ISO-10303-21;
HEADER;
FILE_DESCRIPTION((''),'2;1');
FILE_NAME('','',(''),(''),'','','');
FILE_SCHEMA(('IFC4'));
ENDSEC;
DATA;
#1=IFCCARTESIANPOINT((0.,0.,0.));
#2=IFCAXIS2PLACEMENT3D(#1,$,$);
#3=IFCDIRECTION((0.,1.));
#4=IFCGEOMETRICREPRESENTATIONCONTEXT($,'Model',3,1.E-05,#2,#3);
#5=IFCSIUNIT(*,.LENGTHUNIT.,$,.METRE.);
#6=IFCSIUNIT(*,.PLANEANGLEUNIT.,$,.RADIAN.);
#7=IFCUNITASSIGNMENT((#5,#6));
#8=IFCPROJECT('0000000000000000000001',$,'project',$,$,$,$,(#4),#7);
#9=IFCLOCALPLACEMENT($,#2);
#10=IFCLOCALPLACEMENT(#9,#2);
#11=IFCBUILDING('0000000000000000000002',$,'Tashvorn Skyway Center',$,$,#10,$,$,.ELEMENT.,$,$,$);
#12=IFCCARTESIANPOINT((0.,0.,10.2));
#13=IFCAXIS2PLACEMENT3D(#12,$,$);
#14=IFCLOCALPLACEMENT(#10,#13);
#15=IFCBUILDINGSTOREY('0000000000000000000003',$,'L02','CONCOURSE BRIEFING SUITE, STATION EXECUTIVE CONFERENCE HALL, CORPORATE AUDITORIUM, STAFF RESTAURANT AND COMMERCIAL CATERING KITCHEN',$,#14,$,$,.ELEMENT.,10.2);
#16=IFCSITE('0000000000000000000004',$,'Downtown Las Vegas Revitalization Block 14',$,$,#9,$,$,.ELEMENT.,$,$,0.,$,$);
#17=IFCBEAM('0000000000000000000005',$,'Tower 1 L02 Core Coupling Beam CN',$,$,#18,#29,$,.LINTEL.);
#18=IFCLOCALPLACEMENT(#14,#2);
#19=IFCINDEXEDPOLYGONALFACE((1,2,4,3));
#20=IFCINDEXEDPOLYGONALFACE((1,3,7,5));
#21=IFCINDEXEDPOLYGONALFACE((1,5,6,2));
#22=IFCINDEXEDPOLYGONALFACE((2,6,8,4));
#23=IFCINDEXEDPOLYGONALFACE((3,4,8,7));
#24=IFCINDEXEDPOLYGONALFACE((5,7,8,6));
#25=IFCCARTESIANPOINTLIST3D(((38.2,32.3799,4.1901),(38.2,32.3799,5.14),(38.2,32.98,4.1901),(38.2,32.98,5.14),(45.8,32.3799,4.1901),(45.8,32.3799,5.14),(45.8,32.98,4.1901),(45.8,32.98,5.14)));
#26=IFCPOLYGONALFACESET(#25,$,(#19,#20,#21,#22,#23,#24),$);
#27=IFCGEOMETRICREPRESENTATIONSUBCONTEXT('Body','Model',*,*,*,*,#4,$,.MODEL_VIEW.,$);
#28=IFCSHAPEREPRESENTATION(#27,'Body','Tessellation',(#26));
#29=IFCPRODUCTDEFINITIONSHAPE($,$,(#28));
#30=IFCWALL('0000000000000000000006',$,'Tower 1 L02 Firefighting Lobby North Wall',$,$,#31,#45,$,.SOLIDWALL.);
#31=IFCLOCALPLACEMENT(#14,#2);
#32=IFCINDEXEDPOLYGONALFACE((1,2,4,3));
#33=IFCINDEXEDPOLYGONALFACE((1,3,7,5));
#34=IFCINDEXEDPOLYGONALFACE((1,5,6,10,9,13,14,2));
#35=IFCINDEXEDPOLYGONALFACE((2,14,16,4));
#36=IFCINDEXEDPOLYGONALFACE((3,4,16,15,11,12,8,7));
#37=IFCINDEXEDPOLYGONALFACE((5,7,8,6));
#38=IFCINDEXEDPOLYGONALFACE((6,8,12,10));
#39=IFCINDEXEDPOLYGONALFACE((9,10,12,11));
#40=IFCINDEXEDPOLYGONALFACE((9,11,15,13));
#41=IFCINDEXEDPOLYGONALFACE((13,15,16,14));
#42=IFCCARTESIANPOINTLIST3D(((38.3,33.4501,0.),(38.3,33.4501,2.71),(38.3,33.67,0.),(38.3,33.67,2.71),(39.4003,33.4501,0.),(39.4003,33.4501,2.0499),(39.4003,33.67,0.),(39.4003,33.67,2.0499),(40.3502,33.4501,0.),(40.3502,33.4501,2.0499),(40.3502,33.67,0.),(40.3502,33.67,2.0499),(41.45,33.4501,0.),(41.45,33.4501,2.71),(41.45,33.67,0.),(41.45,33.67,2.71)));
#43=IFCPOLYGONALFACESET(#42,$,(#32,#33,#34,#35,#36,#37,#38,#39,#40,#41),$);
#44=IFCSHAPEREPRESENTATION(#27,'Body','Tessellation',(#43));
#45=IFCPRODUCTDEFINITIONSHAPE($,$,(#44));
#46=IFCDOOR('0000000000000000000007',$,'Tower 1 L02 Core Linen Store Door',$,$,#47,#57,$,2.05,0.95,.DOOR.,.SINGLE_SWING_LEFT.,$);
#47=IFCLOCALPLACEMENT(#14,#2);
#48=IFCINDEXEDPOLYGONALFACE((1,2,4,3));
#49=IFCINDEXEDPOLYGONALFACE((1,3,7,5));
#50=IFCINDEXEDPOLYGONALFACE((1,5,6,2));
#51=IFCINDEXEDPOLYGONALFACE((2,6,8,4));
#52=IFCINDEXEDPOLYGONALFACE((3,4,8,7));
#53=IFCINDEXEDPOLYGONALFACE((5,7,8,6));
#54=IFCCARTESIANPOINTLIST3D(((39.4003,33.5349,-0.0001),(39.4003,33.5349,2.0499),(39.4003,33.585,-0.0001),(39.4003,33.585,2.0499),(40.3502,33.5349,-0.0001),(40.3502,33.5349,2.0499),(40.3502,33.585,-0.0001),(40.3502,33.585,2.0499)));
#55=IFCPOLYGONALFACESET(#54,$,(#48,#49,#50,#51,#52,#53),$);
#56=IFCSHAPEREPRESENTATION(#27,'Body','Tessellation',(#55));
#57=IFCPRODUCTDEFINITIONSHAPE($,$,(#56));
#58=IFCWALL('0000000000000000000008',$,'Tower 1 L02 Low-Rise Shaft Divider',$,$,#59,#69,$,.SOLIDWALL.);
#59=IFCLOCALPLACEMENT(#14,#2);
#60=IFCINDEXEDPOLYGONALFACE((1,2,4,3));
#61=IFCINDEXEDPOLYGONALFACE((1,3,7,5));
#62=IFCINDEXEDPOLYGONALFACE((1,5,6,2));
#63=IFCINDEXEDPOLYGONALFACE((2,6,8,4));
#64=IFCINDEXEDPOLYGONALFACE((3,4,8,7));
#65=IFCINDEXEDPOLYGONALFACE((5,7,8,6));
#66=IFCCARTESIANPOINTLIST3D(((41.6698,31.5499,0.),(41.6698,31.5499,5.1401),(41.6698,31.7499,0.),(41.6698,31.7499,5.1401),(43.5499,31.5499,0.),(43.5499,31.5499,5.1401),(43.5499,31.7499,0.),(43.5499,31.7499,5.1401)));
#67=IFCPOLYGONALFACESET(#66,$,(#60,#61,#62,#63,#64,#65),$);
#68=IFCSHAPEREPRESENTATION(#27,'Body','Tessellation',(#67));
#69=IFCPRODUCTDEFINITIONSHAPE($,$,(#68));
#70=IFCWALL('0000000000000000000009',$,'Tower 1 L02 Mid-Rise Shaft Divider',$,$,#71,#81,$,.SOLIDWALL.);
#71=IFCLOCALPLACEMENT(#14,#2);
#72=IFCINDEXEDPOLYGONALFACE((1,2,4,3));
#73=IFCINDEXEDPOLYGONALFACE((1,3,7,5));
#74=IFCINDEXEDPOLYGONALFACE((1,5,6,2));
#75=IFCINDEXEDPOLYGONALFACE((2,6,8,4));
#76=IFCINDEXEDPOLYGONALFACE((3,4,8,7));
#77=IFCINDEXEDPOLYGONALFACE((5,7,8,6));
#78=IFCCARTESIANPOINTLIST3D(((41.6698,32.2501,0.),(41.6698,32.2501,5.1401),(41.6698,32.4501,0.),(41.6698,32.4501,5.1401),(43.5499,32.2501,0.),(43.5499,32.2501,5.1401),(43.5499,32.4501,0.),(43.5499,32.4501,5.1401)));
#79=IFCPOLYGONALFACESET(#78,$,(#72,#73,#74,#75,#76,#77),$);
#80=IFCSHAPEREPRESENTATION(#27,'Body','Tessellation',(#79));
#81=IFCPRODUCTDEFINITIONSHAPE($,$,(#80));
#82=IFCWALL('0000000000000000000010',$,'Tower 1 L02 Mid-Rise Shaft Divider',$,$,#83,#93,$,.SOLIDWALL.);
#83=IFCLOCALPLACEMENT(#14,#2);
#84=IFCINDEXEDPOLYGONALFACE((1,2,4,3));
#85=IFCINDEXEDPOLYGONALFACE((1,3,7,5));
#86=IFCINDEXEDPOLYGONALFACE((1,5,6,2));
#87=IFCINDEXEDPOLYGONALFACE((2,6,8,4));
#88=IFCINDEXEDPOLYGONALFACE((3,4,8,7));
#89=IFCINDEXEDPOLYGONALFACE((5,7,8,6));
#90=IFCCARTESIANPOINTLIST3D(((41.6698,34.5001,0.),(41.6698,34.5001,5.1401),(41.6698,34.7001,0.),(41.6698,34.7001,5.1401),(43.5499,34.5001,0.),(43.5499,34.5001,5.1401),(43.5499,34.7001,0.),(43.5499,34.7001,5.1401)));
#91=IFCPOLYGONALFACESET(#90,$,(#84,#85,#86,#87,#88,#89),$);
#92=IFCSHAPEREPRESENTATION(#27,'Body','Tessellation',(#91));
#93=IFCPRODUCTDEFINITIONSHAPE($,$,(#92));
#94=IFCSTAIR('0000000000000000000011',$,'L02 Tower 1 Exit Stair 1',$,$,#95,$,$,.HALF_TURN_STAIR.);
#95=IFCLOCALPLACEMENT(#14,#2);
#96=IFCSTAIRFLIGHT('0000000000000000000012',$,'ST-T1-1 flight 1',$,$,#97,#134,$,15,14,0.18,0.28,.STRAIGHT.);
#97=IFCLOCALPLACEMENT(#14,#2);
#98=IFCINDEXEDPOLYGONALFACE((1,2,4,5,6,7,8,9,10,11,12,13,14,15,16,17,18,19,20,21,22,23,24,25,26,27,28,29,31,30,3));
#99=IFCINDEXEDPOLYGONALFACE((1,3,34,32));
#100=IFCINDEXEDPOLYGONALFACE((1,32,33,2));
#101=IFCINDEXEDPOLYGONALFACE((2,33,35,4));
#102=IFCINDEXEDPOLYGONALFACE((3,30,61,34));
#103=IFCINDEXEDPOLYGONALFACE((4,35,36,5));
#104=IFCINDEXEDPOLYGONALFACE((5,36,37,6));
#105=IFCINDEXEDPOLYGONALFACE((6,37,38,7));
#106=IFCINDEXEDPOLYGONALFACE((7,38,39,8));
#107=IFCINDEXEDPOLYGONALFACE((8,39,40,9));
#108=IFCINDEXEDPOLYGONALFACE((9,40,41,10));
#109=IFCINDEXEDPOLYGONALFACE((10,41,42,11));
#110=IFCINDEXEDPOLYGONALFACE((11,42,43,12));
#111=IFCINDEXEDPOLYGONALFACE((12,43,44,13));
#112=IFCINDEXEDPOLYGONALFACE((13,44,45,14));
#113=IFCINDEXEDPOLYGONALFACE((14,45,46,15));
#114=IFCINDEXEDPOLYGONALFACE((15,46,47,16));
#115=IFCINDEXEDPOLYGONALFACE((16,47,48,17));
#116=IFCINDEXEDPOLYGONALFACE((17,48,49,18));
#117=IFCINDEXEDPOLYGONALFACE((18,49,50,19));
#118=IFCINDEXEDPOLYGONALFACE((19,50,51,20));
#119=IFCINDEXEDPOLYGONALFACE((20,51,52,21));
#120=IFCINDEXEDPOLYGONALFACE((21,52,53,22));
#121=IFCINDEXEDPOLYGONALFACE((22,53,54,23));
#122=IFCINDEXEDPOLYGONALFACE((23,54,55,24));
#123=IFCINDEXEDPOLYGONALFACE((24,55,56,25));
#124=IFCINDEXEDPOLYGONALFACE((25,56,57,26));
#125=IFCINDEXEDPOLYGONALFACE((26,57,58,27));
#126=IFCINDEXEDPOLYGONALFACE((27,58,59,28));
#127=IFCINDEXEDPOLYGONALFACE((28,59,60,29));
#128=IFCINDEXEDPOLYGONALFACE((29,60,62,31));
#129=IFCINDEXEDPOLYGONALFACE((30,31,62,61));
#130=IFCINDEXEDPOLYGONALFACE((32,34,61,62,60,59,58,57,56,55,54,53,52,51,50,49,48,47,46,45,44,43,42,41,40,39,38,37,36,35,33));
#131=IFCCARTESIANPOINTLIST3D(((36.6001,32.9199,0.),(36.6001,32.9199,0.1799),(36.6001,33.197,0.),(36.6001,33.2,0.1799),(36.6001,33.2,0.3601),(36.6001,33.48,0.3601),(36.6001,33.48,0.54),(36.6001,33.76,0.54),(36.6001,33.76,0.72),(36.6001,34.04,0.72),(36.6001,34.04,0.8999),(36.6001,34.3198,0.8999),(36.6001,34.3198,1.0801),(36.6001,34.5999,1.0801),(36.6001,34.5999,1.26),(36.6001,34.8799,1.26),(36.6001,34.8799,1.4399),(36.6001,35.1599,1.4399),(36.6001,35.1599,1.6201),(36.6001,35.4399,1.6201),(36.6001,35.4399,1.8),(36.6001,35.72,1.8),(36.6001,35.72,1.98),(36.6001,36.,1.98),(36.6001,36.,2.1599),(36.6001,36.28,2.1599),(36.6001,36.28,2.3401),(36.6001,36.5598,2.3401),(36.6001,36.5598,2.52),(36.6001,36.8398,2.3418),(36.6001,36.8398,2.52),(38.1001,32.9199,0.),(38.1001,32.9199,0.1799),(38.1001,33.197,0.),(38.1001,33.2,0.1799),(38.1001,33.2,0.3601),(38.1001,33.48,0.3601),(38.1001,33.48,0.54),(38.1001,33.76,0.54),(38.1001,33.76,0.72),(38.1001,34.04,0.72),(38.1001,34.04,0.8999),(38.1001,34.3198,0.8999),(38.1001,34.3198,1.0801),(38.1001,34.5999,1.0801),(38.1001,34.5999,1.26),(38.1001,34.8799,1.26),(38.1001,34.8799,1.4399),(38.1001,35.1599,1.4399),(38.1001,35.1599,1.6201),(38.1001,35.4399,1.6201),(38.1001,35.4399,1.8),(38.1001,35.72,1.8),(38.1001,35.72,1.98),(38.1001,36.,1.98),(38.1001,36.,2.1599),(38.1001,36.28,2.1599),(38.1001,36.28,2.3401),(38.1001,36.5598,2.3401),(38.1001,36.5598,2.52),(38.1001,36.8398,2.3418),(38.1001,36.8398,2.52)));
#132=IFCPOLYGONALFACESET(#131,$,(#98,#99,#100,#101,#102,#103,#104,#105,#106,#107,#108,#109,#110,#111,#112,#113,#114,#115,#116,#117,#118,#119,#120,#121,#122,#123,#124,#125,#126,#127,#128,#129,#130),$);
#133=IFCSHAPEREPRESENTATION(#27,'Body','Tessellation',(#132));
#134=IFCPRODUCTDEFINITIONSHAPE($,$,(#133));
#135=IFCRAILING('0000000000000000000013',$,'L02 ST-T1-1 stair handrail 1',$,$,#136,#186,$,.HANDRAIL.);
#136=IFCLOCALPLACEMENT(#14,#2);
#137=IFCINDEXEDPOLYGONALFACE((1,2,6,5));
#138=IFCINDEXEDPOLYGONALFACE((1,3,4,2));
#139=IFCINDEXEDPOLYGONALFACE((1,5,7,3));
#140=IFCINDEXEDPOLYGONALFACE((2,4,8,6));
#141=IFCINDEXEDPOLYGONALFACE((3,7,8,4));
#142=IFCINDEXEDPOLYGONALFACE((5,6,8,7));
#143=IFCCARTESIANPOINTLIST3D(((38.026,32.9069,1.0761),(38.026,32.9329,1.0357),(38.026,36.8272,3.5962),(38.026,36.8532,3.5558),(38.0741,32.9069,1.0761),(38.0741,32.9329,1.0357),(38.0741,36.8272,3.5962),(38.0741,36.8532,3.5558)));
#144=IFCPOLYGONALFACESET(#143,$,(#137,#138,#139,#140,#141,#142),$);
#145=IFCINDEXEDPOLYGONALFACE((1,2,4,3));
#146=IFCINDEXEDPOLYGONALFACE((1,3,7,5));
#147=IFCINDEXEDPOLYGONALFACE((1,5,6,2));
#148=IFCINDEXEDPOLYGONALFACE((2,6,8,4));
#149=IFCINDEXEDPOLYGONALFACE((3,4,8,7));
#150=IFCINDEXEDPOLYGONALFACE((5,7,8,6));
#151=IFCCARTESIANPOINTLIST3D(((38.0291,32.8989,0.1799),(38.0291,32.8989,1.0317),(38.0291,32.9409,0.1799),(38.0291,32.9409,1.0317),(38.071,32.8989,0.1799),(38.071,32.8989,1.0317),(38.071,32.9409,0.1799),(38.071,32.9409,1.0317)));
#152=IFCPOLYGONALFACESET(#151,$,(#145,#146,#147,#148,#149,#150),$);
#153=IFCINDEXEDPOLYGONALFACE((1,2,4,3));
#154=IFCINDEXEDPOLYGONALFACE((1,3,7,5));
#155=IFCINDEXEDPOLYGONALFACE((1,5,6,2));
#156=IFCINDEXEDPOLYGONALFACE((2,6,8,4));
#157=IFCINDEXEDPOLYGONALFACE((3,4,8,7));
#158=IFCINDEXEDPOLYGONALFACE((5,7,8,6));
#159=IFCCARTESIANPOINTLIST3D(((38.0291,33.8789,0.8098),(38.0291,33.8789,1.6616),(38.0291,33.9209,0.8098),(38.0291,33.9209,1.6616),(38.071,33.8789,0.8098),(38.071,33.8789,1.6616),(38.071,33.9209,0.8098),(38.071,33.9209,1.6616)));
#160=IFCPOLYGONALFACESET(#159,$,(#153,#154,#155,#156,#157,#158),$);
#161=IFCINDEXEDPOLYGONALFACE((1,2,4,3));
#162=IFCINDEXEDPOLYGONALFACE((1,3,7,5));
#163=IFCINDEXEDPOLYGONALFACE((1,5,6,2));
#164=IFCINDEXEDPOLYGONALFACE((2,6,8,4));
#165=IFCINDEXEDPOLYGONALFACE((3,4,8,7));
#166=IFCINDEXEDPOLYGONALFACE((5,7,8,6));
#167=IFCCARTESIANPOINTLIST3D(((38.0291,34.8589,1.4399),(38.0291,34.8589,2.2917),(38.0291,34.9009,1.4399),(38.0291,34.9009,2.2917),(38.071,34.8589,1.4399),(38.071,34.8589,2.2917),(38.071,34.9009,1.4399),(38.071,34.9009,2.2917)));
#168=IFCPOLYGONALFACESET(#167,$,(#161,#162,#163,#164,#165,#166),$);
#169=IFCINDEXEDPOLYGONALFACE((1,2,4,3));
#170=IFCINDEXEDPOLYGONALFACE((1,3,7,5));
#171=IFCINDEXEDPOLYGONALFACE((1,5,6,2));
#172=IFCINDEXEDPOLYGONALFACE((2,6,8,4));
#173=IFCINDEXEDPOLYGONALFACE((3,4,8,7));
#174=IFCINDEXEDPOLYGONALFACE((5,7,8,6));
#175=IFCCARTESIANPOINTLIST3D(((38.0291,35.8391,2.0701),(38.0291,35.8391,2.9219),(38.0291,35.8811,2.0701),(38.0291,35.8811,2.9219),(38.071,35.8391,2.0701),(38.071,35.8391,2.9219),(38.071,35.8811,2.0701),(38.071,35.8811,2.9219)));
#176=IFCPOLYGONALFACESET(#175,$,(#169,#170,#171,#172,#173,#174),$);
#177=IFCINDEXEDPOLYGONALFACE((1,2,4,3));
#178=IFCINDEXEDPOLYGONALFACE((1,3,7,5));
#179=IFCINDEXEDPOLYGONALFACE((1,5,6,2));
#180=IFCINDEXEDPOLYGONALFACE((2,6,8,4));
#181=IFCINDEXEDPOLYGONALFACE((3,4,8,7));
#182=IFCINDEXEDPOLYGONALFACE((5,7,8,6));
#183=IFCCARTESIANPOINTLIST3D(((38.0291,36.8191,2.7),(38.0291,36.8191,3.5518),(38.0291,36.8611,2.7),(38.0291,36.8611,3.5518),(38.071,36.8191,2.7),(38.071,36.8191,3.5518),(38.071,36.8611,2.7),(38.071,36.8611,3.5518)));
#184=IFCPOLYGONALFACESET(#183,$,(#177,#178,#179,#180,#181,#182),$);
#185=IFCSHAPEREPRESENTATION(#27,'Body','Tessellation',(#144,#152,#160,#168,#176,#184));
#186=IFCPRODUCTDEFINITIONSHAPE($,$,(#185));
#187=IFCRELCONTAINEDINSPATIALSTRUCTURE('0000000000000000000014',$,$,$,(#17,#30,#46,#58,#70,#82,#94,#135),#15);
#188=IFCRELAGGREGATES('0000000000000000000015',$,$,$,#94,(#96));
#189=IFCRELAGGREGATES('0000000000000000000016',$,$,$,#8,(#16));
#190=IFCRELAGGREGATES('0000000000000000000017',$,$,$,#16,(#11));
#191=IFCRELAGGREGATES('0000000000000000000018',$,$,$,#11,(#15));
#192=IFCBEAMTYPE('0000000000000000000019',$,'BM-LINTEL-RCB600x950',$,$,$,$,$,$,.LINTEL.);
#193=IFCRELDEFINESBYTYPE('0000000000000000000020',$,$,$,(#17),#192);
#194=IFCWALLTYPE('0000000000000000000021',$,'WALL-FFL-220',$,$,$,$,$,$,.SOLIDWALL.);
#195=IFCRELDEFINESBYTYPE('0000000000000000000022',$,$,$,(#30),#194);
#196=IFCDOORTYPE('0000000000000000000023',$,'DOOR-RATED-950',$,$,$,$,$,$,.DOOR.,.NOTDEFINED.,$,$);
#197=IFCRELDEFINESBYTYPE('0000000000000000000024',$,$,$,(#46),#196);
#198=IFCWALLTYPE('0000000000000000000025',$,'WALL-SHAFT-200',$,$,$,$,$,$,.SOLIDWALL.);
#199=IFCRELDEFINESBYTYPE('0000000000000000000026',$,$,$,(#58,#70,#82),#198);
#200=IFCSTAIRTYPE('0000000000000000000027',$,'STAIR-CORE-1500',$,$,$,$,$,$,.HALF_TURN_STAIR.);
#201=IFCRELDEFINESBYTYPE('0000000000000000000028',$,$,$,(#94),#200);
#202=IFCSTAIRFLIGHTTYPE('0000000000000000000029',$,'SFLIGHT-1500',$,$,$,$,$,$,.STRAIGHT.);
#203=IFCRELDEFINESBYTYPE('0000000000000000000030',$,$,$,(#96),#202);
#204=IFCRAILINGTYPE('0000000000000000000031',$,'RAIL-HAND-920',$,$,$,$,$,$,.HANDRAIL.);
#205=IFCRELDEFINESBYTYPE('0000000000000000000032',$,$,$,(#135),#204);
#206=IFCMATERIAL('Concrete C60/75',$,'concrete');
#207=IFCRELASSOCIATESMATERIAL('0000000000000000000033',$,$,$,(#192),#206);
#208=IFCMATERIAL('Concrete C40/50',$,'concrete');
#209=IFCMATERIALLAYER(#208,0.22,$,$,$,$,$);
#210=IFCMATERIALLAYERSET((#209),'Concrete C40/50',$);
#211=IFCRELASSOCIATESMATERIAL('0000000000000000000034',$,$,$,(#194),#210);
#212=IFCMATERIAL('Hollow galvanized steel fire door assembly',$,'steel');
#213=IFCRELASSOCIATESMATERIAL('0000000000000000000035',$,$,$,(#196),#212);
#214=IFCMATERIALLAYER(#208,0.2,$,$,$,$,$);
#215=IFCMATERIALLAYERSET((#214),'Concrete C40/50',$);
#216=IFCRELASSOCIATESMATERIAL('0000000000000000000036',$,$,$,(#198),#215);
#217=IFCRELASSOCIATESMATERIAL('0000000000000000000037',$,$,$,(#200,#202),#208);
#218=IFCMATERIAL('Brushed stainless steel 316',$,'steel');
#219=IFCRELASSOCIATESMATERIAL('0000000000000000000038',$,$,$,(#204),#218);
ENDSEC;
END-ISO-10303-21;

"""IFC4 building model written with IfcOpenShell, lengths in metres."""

from ifc_helpers import new_model, si_unit, direction, frame, frame_2d, origin, origin_2d, place, context, subcontext, project, spatial, polyline, rectangle, outline, extrude, material, layer, layer_set, material_profile, profile_set, type_object, element, fill, aggregate, save


model = new_model("IFC4")

# Units and contexts
model_context = context("Model", 3, precision=1e-05, world=origin(), true_north=direction((0.0, 1.0)))
body_context = subcontext(model_context, "Body", "Model", "MODEL_VIEW")
ifc_project = project(units=[si_unit("LENGTHUNIT", "METRE"), si_unit("PLANEANGLEUNIT", "RADIAN")], contexts=[model_context])

# Site, building, storey
site_placement = place(None, origin())
site = spatial("IfcSite", under=ifc_project, at=site_placement, Name="Downtown Las Vegas Revitalization Block 14", CompositionType="ELEMENT", RefElevation=0.0)
building_placement = place(site_placement, origin())
building = spatial("IfcBuilding", under=site, at=building_placement, Name="Tashvorn Skyway Center", CompositionType="ELEMENT")
storey_placement = place(building_placement, frame((0.0, 0.0, 10.2)))
storey = spatial("IfcBuildingStorey", under=building, at=storey_placement, Name="L02", Description="CONCOURSE BRIEFING SUITE, STATION EXECUTIVE CONFERENCE HALL, CORPORATE AUDITORIUM, STAFF RESTAURANT AND COMMERCIAL CATERING KITCHEN", CompositionType="ELEMENT", Elevation=10.2)

# Beam
ifc_material_1 = material(Name="Concrete C60/75", Category="concrete")
ifc_material_profile = material_profile(ifc_material_1, rectangle(XDim=0.6001, YDim=0.95, at=origin_2d()), Name="RCB600x950")
ifc_profile_set = profile_set([ifc_material_profile], Name="Concrete C60/75")
beam_type = type_object("IfcBeamType", Name="BM-LINTEL-RCB600x950", PredefinedType="LINTEL", material=ifc_profile_set)
beam_placement = place(storey_placement, frame((38.2, 32.6799, 4.665), z_axis=(1.0, 0.0, 0.0), x_axis=(0.0, 1.0, 0.0)))
element("IfcBeam", 1, at=beam_placement, inside=storey, type_object=beam_type, Name="Tower 1 L02 Core Coupling Beam CN", PredefinedType="LINTEL", context=body_context, shape_type="SweptSolid", body=[
    extrude(rectangle(XDim=0.6001, YDim=0.95, at=origin_2d()), origin(), (0.0, 0.0, 1.0), 7.6001),
])

# Wall, opening, door
ifc_material_2 = material(Name="Concrete C40/50", Category="concrete")
ifc_layer_1 = layer(ifc_material_2, 0.22)
ifc_layer_set_1 = layer_set([ifc_layer_1], Name="Concrete C40/50")
wall_type_1 = type_object("IfcWallType", Name="WALL-FFL-220", PredefinedType="SOLIDWALL", material=ifc_layer_set_1)
wall_placement = place(storey_placement, frame((38.3, 33.5601, 0.0), z_axis=(0.0, 0.0, 1.0), x_axis=(1.0, 0.0, 0.0)))
wall = element("IfcWall", 2, at=wall_placement, inside=storey, type_object=wall_type_1, Name="Tower 1 L02 Firefighting Lobby North Wall", PredefinedType="SOLIDWALL", context=body_context, shape_type="SweptSolid", body=[
    extrude(rectangle(XDim=3.1499, YDim=0.22, at=frame_2d((1.575, 0.0))), origin(), (0.0, 0.0, 1.0), 2.71),
])
opening_placement = place(wall_placement, frame((1.1001, 0.0, 0.0)))
opening = element("IfcOpeningElement", 3, at=opening_placement, cuts=wall, PredefinedType="OPENING", context=body_context, shape_type="SweptSolid", body=[
    extrude(rectangle(XDim=0.95, YDim=2.05, at=frame_2d((0.4751, 1.0249))), frame((0.0, 0.1199, 0.0), z_axis=(0.0, -1.0, 0.0), x_axis=(1.0, 0.0, 0.0)), (0.0, 0.0, 1.0), 0.24),
])
ifc_material_3 = material(Name="Hollow galvanized steel fire door assembly", Category="steel")
door_type = type_object("IfcDoorType", Name="DOOR-RATED-950", OperationType="NOTDEFINED", PredefinedType="DOOR", material=ifc_material_3)
door_placement = place(opening_placement, origin())
door = element("IfcDoor", 4, at=door_placement, inside=storey, type_object=door_type, Name="Tower 1 L02 Core Linen Store Door", OperationType="SINGLE_SWING_LEFT", OverallHeight=2.05, OverallWidth=0.95, PredefinedType="DOOR", context=body_context, shape_type="SweptSolid", body=[
    extrude(rectangle(XDim=0.95, YDim=2.05, at=frame_2d((0.4751, 1.0249))), frame((0.0, 0.0249, 0.0), z_axis=(0.0, -1.0, 0.0), x_axis=(1.0, 0.0, 0.0)), (0.0, 0.0, 1.0), 0.05),
])
fill(opening, door)

# Walls
ifc_layer_2 = layer(ifc_material_2, 0.2)
ifc_layer_set_2 = layer_set([ifc_layer_2], Name="Concrete C40/50")
wall_type_2 = type_object("IfcWallType", Name="WALL-SHAFT-200", PredefinedType="SOLIDWALL", material=ifc_layer_set_2)
for number, where, z_axis, x_axis, name in (
    (5, (41.6699, 31.6499, 0.0), (0.0, 0.0, 1.0), (1.0, 0.0, 0.0), "Tower 1 L02 Low-Rise Shaft Divider"),
    (6, (41.6699, 32.3501, 0.0), (0.0, 0.0, 1.0), (1.0, 0.0, 0.0), "Tower 1 L02 Mid-Rise Shaft Divider"),
    (7, (41.6699, 34.6001, 0.0), (0.0, 0.0, 1.0), (1.0, 0.0, 0.0), "Tower 1 L02 Mid-Rise Shaft Divider"),
):
    element("IfcWall", number, at=place(storey_placement, frame(where, z_axis=z_axis, x_axis=x_axis)), inside=storey, type_object=wall_type_2, Name=name, PredefinedType="SOLIDWALL", context=body_context, shape_type="SweptSolid", body=[
        extrude(rectangle(XDim=1.8801, YDim=0.2, at=frame_2d((0.9399, 0.0))), origin(), (0.0, 0.0, 1.0), 5.1401),
    ])

# Stair, stair flight
stair_type = type_object("IfcStairType", Name="STAIR-CORE-1500", PredefinedType="HALF_TURN_STAIR", material=ifc_material_2)
stair_placement = place(storey_placement, origin())
stair = element("IfcStair", 8, at=stair_placement, inside=storey, type_object=stair_type, Name="L02 Tower 1 Exit Stair 1", PredefinedType="HALF_TURN_STAIR")
stair_flight_type = type_object("IfcStairFlightType", Name="SFLIGHT-1500", PredefinedType="STRAIGHT", material=ifc_material_2)
stair_flight_placement = place(storey_placement, frame((37.3501, 32.9199, 0.0), z_axis=(0.0, 0.0, 1.0), x_axis=(0.0, 1.0, 0.0)))
stair_flight = element("IfcStairFlight", 9, at=stair_flight_placement, type_object=stair_flight_type, Name="ST-T1-1 flight 1", NumberOfRisers=15, NumberOfTreads=14, PredefinedType="STRAIGHT", RiserHeight=0.18, TreadLength=0.28, context=body_context, shape_type="SweptSolid", body=[
    extrude(outline(polyline([(0.0, 0.0), (0.0, 0.1799), (0.28, 0.1799), (0.28, 0.3601), (0.5601, 0.3601), (0.5601, 0.54), (0.8401, 0.54), (0.8401, 0.72), (1.1201, 0.72), (1.1201, 0.8999), (1.3999, 0.8999), (1.3999, 1.0801), (1.6799, 1.0801), (1.6799, 1.26), (1.96, 1.26), (1.96, 1.4399), (2.24, 1.4399), (2.24, 1.6201), (2.52, 1.6201), (2.52, 1.8), (2.8, 1.8), (2.8, 1.98), (3.0801, 1.98), (3.0801, 2.1599), (3.3601, 2.1599), (3.3601, 2.3401), (3.6399, 2.3401), (3.6399, 2.52), (3.9199, 2.52), (3.9199, 2.7), (3.9199, 2.3418), (0.2771, 0.0), (0.0, 0.0)])), frame((0.0, 0.75, 0.0), z_axis=(0.0, -1.0, 0.0), x_axis=(1.0, 0.0, 0.0)), (0.0, 0.0, 1.0), 1.5),
])
aggregate(stair, [stair_flight])

# Railing
ifc_material_4 = material(Name="Brushed stainless steel 316", Category="steel")
railing_type_1 = type_object("IfcRailingType", Name="RAIL-HAND-920", PredefinedType="HANDRAIL", material=ifc_material_4)
railing_1_placement = place(storey_placement, frame((38.05, 32.9199, 0.1799)))
element("IfcRailing", 10, at=railing_1_placement, inside=storey, type_object=railing_type_1, Name="L02 ST-T1-1 stair handrail 1", PredefinedType="HANDRAIL", context=body_context, shape_type="SweptSolid", body=[
    extrude(rectangle(XDim=0.0481, YDim=0.0481, at=origin_2d()), frame((0.0, 0.0, 0.876), z_axis=(0.0, 0.841187, 0.540744), x_axis=(-1.0, 0.0, 0.0)), (0.0, 0.0, 1.0), 4.6604),
    extrude(rectangle(XDim=0.042, YDim=0.042, at=origin_2d()), origin(), (0.0, 0.0, 1.0), 0.8518),
    extrude(rectangle(XDim=0.042, YDim=0.042, at=origin_2d()), frame((0.0, 0.98, 0.6299)), (0.0, 0.0, 1.0), 0.8518),
    extrude(rectangle(XDim=0.042, YDim=0.042, at=origin_2d()), frame((0.0, 1.96, 1.26)), (0.0, 0.0, 1.0), 0.8518),
    extrude(rectangle(XDim=0.042, YDim=0.042, at=origin_2d()), frame((0.0, 2.9402, 1.8901)), (0.0, 0.0, 1.0), 0.8518),
    extrude(rectangle(XDim=0.042, YDim=0.042, at=origin_2d()), frame((0.0, 3.9202, 2.52)), (0.0, 0.0, 1.0), 0.8518),
])

save(model, "model.ifc")
